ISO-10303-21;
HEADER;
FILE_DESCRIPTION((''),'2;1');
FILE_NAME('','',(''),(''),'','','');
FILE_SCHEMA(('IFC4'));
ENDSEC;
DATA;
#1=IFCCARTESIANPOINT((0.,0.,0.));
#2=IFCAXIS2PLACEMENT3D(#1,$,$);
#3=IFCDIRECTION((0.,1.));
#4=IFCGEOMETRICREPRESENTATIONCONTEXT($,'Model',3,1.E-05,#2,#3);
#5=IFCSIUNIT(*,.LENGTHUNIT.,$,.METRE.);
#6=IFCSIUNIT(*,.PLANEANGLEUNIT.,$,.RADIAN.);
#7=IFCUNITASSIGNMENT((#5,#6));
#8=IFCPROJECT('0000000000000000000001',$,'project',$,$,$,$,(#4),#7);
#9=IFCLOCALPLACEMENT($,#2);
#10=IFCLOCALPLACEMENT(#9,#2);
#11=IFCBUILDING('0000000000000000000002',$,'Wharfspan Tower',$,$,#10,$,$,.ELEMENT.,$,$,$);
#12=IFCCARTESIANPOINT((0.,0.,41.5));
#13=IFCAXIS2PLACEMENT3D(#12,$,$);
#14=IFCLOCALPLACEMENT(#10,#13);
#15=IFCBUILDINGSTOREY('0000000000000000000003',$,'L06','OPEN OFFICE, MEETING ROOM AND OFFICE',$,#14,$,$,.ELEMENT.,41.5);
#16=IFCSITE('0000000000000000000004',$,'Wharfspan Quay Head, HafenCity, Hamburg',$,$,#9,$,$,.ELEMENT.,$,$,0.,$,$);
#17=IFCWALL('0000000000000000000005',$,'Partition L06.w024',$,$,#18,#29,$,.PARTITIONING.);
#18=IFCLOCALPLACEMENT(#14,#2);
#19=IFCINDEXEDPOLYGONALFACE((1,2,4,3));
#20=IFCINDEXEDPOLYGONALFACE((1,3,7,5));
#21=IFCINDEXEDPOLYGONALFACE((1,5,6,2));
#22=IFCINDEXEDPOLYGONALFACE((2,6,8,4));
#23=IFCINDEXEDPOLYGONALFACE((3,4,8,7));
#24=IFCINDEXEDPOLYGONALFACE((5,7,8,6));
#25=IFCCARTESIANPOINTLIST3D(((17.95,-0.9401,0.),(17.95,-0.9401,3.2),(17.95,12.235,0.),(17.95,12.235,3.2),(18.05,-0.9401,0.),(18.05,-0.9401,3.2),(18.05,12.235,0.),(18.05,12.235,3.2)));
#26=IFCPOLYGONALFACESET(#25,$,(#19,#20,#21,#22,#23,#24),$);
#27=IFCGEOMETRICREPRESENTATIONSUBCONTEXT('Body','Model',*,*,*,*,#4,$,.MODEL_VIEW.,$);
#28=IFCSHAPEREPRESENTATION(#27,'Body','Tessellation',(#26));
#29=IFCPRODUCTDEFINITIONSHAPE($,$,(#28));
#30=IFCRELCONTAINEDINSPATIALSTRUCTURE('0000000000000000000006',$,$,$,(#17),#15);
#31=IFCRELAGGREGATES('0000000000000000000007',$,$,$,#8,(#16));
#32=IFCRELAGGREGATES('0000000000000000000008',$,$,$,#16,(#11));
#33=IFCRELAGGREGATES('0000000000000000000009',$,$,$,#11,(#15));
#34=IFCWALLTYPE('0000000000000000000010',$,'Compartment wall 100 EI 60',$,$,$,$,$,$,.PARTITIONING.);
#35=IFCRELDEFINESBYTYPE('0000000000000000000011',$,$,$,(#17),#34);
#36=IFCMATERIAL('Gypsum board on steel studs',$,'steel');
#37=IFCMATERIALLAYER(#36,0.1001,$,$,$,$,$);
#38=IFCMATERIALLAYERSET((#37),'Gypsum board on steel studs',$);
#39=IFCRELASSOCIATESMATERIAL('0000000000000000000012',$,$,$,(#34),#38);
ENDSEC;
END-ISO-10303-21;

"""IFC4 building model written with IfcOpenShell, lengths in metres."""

from ifc_helpers import new_model, si_unit, direction, frame, frame_2d, origin, place, context, subcontext, project, spatial, rectangle, extrude, material, layer, layer_set, type_object, element, save


model = new_model("IFC4")

# Units and contexts
model_context = context("Model", 3, precision=1e-05, world=origin(), true_north=direction((0.0, 1.0)))
body_context = subcontext(model_context, "Body", "Model", "MODEL_VIEW")
ifc_project = project(units=[si_unit("LENGTHUNIT", "METRE"), si_unit("PLANEANGLEUNIT", "RADIAN")], contexts=[model_context])

# Site, building, storey
site_placement = place(None, origin())
site = spatial("IfcSite", under=ifc_project, at=site_placement, Name="Wharfspan Quay Head, HafenCity, Hamburg", CompositionType="ELEMENT", RefElevation=0.0)
building_placement = place(site_placement, origin())
building = spatial("IfcBuilding", under=site, at=building_placement, Name="Wharfspan Tower", CompositionType="ELEMENT")
storey_placement = place(building_placement, frame((0.0, 0.0, 41.5)))
storey = spatial("IfcBuildingStorey", under=building, at=storey_placement, Name="L06", Description="OPEN OFFICE, MEETING ROOM AND OFFICE", CompositionType="ELEMENT", Elevation=41.5)

# Shared definitions
ifc_material_1 = material(Name="Gypsum board on steel studs", Category="steel")
ifc_layer_1 = layer(ifc_material_1, 0.1001)
ifc_layer_set_1 = layer_set([ifc_layer_1], Name="Gypsum board on steel studs")
wall_type = type_object("IfcWallType", Name="Compartment wall 100 EI 60", PredefinedType="PARTITIONING", material=ifc_layer_set_1)

# Wall
wall_1_placement = place(storey_placement, frame((18.0, -0.9399, 0.0), z_axis=(0.0, 0.0, 1.0), x_axis=(0.0, 1.0, 0.0)))
element("IfcWall", 1, at=wall_1_placement, inside=storey, type_object=wall_type, Name="Partition L06.w024", PredefinedType="PARTITIONING", context=body_context, shape_type="SweptSolid", body=[
    extrude(rectangle(XDim=13.175, YDim=0.1001, at=frame_2d((6.5874, 0.0))), origin(), (0.0, 0.0, 1.0), 3.2),
])

save(model, "model.ifc")
